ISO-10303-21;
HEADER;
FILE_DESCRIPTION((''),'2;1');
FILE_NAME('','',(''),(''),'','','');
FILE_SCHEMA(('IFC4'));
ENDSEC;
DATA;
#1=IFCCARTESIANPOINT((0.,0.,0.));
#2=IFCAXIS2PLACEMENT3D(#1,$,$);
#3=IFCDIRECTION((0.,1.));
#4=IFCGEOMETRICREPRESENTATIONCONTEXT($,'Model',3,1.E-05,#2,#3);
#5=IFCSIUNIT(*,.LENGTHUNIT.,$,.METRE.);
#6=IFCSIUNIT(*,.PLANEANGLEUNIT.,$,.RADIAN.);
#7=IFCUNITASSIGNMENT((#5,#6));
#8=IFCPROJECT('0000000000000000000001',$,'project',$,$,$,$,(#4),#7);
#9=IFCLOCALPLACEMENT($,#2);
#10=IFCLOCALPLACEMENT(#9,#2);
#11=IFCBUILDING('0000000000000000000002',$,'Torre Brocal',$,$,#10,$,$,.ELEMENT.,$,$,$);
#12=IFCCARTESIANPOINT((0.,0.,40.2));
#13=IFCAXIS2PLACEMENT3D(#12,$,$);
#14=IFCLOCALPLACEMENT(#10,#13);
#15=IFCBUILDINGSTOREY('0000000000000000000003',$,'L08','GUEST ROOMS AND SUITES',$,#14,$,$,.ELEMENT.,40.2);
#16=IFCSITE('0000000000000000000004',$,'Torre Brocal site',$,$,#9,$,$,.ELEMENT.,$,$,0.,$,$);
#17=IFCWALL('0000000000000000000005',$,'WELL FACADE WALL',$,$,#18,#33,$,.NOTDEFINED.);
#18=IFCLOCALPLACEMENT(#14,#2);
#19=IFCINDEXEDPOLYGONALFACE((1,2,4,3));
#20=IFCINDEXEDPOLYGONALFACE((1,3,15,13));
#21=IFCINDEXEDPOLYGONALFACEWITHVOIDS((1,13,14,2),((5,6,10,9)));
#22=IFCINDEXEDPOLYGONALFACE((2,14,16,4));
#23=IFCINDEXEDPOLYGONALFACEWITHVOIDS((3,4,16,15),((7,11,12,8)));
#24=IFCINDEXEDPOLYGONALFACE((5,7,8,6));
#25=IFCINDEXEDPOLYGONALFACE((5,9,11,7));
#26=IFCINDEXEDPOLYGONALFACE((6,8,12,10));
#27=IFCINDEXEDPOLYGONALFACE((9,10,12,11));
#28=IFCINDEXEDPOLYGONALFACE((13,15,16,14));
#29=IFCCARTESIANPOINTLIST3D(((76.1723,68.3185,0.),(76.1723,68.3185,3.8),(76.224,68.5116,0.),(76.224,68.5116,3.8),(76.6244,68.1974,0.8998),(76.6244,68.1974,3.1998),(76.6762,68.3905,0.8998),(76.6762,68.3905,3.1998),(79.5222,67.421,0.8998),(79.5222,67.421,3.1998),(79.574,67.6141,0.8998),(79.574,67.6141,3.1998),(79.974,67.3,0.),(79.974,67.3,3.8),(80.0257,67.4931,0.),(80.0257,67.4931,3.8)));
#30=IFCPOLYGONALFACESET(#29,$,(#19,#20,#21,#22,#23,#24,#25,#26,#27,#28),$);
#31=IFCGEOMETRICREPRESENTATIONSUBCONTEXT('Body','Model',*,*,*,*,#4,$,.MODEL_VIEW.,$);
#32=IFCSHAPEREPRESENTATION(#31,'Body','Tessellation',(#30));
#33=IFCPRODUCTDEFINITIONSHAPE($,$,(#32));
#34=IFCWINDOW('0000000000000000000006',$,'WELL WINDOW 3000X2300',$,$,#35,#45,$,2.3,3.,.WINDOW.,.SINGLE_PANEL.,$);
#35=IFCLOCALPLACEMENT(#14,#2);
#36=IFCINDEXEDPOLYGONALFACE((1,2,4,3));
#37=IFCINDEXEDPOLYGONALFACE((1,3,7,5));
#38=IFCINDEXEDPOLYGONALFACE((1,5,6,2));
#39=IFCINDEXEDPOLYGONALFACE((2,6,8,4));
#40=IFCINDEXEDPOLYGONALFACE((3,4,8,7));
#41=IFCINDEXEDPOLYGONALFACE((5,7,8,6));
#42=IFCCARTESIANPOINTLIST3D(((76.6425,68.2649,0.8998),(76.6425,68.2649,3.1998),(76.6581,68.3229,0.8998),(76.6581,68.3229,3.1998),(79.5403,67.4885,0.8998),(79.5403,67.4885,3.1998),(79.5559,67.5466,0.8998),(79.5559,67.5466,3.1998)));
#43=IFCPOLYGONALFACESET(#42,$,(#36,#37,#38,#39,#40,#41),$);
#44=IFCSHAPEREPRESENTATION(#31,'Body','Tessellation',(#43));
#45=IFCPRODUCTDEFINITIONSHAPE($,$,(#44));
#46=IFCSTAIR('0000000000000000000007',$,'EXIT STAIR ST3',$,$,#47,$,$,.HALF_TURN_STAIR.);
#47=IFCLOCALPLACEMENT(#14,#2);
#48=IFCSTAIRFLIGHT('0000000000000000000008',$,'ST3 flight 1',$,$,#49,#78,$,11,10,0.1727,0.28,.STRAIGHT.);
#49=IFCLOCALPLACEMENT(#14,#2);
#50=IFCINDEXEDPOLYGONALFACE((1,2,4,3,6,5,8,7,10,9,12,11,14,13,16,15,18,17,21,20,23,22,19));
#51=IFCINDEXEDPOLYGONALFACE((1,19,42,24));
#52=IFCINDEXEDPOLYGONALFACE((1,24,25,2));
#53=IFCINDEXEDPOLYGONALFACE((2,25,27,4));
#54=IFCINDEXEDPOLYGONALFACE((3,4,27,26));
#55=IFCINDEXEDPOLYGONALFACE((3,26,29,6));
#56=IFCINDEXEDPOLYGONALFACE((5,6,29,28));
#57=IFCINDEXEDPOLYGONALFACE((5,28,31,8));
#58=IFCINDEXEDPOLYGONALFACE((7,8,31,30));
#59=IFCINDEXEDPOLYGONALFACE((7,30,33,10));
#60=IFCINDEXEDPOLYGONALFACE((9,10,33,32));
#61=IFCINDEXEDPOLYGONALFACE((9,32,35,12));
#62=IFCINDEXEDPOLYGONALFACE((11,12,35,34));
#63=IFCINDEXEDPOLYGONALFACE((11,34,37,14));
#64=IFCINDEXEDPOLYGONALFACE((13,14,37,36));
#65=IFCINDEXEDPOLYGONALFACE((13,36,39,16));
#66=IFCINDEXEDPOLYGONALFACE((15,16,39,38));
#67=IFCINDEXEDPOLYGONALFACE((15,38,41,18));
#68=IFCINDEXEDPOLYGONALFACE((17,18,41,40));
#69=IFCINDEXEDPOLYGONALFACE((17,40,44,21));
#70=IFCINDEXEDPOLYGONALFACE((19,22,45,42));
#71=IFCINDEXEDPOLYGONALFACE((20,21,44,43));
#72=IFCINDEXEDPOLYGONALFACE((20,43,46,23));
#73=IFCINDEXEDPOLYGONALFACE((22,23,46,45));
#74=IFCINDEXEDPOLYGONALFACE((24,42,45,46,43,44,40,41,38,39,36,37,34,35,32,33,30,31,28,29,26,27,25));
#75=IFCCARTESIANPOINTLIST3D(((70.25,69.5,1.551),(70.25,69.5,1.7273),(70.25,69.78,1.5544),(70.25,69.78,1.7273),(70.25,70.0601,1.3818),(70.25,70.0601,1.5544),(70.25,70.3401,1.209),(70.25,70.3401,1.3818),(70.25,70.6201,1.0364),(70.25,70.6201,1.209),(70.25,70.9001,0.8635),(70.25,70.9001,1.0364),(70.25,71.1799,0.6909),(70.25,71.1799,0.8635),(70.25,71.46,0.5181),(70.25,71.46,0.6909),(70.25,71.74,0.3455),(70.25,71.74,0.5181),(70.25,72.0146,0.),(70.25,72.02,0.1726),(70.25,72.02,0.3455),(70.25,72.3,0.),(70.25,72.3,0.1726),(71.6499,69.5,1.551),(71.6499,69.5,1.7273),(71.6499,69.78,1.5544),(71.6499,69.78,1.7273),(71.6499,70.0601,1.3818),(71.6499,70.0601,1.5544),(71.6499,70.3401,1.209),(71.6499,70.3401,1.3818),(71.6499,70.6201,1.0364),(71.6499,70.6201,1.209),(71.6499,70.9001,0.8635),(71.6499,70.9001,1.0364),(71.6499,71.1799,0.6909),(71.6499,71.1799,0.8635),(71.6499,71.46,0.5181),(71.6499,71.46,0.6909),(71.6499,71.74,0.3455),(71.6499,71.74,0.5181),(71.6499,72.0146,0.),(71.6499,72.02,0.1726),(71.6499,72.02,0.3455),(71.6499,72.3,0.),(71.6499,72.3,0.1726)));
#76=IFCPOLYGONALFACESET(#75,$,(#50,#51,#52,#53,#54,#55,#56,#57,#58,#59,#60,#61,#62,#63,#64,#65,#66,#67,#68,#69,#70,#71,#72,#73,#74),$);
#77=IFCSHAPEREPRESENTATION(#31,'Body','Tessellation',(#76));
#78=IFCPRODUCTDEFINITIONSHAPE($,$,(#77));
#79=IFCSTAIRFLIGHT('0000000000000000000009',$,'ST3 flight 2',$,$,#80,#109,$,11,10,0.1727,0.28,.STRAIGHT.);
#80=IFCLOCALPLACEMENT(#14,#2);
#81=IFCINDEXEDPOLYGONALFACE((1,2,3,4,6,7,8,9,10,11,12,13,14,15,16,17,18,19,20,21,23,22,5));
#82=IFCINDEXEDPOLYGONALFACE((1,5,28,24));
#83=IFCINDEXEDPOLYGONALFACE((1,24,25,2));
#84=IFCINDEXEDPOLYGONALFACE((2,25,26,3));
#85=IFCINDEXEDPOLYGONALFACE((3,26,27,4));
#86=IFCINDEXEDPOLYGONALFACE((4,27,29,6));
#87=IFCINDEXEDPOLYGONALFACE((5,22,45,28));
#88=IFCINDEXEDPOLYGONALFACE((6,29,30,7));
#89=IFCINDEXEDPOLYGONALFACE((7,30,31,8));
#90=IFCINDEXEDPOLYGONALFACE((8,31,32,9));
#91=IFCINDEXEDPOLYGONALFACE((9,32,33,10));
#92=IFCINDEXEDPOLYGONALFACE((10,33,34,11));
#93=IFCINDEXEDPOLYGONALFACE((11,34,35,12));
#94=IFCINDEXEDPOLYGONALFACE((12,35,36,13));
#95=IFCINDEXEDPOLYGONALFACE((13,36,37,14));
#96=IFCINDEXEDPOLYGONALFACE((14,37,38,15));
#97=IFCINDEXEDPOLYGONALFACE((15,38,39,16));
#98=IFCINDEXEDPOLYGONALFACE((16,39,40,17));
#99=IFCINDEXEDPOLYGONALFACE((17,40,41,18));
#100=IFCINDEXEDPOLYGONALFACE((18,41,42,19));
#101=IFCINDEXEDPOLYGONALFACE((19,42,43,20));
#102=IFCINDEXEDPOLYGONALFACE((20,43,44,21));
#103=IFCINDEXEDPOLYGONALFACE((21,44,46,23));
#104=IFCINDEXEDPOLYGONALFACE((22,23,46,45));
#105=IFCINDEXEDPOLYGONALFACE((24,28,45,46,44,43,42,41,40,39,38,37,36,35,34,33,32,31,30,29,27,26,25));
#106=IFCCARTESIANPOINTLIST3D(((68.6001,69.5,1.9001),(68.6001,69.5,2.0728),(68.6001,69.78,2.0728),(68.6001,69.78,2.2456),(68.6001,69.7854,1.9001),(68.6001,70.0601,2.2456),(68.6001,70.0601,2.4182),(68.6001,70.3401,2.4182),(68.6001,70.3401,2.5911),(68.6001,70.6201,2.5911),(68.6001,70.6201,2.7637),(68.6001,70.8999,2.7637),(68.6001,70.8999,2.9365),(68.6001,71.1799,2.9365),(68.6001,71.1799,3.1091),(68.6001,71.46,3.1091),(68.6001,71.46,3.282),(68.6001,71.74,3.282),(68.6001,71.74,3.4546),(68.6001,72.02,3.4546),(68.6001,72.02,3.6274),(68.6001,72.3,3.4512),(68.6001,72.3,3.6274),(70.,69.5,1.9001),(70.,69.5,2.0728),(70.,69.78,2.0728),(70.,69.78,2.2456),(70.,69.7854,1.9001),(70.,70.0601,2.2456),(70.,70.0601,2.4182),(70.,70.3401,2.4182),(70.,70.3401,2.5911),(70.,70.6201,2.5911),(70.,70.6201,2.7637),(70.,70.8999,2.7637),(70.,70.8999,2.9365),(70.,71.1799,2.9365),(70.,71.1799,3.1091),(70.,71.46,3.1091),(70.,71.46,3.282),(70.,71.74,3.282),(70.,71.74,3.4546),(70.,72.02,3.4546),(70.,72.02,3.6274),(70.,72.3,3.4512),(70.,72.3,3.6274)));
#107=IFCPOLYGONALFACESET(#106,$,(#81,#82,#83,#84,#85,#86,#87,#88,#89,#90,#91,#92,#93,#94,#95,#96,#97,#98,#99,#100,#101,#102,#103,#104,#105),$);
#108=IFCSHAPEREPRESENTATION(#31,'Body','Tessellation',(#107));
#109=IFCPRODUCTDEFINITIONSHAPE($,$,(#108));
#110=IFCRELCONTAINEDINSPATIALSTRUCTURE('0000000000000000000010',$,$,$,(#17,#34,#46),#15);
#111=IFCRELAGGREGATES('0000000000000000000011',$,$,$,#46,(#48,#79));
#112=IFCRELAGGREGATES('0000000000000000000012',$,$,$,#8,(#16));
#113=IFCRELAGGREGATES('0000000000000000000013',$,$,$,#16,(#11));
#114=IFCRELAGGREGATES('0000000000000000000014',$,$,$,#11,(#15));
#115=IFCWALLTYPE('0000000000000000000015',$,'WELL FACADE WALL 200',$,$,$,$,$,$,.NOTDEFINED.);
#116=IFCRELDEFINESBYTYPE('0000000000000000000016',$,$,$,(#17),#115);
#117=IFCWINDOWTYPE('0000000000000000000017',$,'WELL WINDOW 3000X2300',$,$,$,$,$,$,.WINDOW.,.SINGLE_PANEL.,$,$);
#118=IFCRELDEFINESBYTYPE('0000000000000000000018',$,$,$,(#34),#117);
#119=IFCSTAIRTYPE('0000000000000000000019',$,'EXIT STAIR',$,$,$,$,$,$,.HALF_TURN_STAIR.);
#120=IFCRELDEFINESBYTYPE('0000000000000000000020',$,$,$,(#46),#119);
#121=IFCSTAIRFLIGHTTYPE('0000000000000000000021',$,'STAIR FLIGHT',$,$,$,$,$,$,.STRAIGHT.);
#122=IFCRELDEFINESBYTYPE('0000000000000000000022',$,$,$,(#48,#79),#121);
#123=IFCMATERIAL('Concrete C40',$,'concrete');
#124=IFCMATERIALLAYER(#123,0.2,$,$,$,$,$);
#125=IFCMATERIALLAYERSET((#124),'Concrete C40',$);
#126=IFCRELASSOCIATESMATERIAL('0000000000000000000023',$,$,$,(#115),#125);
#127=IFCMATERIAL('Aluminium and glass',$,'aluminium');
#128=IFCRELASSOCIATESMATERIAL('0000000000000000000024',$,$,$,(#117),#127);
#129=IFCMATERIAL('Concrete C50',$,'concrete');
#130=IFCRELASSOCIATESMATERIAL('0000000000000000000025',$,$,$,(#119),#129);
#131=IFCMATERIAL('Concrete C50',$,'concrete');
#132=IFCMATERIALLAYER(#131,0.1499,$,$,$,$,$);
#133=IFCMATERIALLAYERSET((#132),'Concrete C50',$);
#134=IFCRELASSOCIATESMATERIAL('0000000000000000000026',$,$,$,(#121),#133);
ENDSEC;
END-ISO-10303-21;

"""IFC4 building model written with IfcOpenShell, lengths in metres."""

from ifc_helpers import new_model, si_unit, direction, frame, frame_2d, origin, place, context, subcontext, project, spatial, polyline, rectangle, outline, extrude, material, layer, layer_set, type_object, element, fill, aggregate, save


model = new_model("IFC4")

# Units and contexts
model_context = context("Model", 3, precision=1e-05, world=origin(), true_north=direction((0.0, 1.0)))
body_context = subcontext(model_context, "Body", "Model", "MODEL_VIEW")
ifc_project = project(units=[si_unit("LENGTHUNIT", "METRE"), si_unit("PLANEANGLEUNIT", "RADIAN")], contexts=[model_context])

# Site, building, storey
site_placement = place(None, origin())
site = spatial("IfcSite", under=ifc_project, at=site_placement, Name="Torre Brocal site", CompositionType="ELEMENT", RefElevation=0.0)
building_placement = place(site_placement, origin())
building = spatial("IfcBuilding", under=site, at=building_placement, Name="Torre Brocal", CompositionType="ELEMENT")
storey_placement = place(building_placement, frame((0.0, 0.0, 40.2)))
storey = spatial("IfcBuildingStorey", under=building, at=storey_placement, Name="L08", Description="GUEST ROOMS AND SUITES", CompositionType="ELEMENT", Elevation=40.2)

# Wall, opening, window
ifc_material_1 = material(Name="Concrete C40", Category="concrete")
ifc_layer_1 = layer(ifc_material_1, 0.2)
ifc_layer_set_1 = layer_set([ifc_layer_1], Name="Concrete C40")
wall_type_1 = type_object("IfcWallType", Name="WELL FACADE WALL 200", PredefinedType="NOTDEFINED", material=ifc_layer_set_1)
ifc_material_2 = material(Name="Aluminium and glass", Category="aluminium")
window_type = type_object("IfcWindowType", Name="WELL WINDOW 3000X2300", PartitioningType="SINGLE_PANEL", PredefinedType="WINDOW", material=ifc_material_2)
wall_1_placement = place(storey_placement, frame((76.1982, 68.415, 0.0), z_axis=(0.0, 0.0, 1.0), x_axis=(0.965934, -0.25879, 0.0)))
wall_1 = element("IfcWall", 1, at=wall_1_placement, inside=storey, type_object=wall_type_1, Name="WELL FACADE WALL", PredefinedType="NOTDEFINED", context=body_context, shape_type="SweptSolid", body=[
    extrude(rectangle(XDim=3.9358, YDim=0.2, at=frame_2d((1.9678, 0.0))), origin(), (0.0, 0.0, 1.0), 3.8),
])
opening_1_placement = place(wall_1_placement, frame((0.468, 0.0, 0.8999)))
opening_1 = element("IfcOpeningElement", 2, at=opening_1_placement, cuts=wall_1, PredefinedType="OPENING", context=body_context, shape_type="SweptSolid", body=[
    extrude(rectangle(XDim=3.0, YDim=2.3, at=frame_2d((1.5, 1.1499))), frame((0.0, 0.1099, 0.0), z_axis=(0.0, -1.0, 0.0), x_axis=(1.0, 0.0, 0.0)), (0.0, 0.0, 1.0), 0.22),
])
window_1_placement = place(opening_1_placement, origin())
window_1 = element("IfcWindow", 3, at=window_1_placement, inside=storey, type_object=window_type, Name="WELL WINDOW 3000X2300", OverallHeight=2.3, OverallWidth=3.0, PartitioningType="SINGLE_PANEL", PredefinedType="WINDOW", context=body_context, shape_type="SweptSolid", body=[
    extrude(rectangle(XDim=3.0, YDim=2.3, at=frame_2d((1.5, 1.1499))), frame((0.0, 0.03, 0.0), z_axis=(0.0, -1.0, 0.0), x_axis=(1.0, 0.0, 0.0)), (0.0, 0.0, 1.0), 0.0601),
])
fill(opening_1, window_1)

# Stair, stair flights
ifc_material_3 = material(Name="Concrete C50", Category="concrete")
stair_type = type_object("IfcStairType", Name="EXIT STAIR", PredefinedType="HALF_TURN_STAIR", material=ifc_material_3)
stair_placement = place(storey_placement, origin())
stair = element("IfcStair", 4, at=stair_placement, inside=storey, type_object=stair_type, Name="EXIT STAIR ST3", PredefinedType="HALF_TURN_STAIR")
ifc_material_4 = material(Name="Concrete C50", Category="concrete")
ifc_layer_2 = layer(ifc_material_4, 0.1499)
ifc_layer_set_2 = layer_set([ifc_layer_2], Name="Concrete C50")
stair_flight_type = type_object("IfcStairFlightType", Name="STAIR FLIGHT", PredefinedType="STRAIGHT", material=ifc_layer_set_2)
stair_flight_1_placement = place(storey_placement, frame((70.95, 72.3, 0.0), z_axis=(0.0, 0.0, 1.0), x_axis=(0.0, -1.0, 0.0)))
stair_flight_1 = element("IfcStairFlight", 5, at=stair_flight_1_placement, type_object=stair_flight_type, Name="ST3 flight 1", NumberOfRisers=11, NumberOfTreads=10, PredefinedType="STRAIGHT", RiserHeight=0.1727, TreadLength=0.28, context=body_context, shape_type="SweptSolid", body=[
    extrude(outline(polyline([(0.0, 0.0), (0.0, 0.1726), (0.28, 0.1726), (0.28, 0.3455), (0.5601, 0.3455), (0.5601, 0.5181), (0.8401, 0.5181), (0.8401, 0.6909), (1.1201, 0.6909), (1.1201, 0.8635), (1.3999, 0.8635), (1.3999, 1.0364), (1.6799, 1.0364), (1.6799, 1.209), (1.96, 1.209), (1.96, 1.3818), (2.24, 1.3818), (2.24, 1.5544), (2.52, 1.5544), (2.52, 1.7273), (2.8, 1.7273), (2.8, 1.8999), (2.8, 1.551), (0.2854, 0.0), (0.0, 0.0)])), frame((0.0, 0.7, 0.0), z_axis=(0.0, -1.0, 0.0), x_axis=(1.0, 0.0, 0.0)), (0.0, 0.0, 1.0), 1.3999),
])
stair_flight_2_placement = place(storey_placement, frame((69.3, 69.5, 1.9001), z_axis=(0.0, 0.0, 1.0), x_axis=(0.0, 1.0, 0.0)))
stair_flight_2 = element("IfcStairFlight", 6, at=stair_flight_2_placement, type_object=stair_flight_type, Name="ST3 flight 2", NumberOfRisers=11, NumberOfTreads=10, PredefinedType="STRAIGHT", RiserHeight=0.1727, TreadLength=0.28, context=body_context, shape_type="SweptSolid", body=[
    extrude(outline(polyline([(0.0, 0.0), (0.0, 0.1726), (0.28, 0.1726), (0.28, 0.3455), (0.5601, 0.3455), (0.5601, 0.5181), (0.8401, 0.5181), (0.8401, 0.6909), (1.1201, 0.6909), (1.1201, 0.8635), (1.3999, 0.8635), (1.3999, 1.0364), (1.6799, 1.0364), (1.6799, 1.209), (1.96, 1.209), (1.96, 1.3818), (2.24, 1.3818), (2.24, 1.5544), (2.52, 1.5544), (2.52, 1.7273), (2.8, 1.7273), (2.8, 1.8999), (2.8, 1.551), (0.2854, 0.0), (0.0, 0.0)])), frame((0.0, 0.7, 0.0), z_axis=(0.0, -1.0, 0.0), x_axis=(1.0, 0.0, 0.0)), (0.0, 0.0, 1.0), 1.3999),
])
aggregate(stair, [stair_flight_1, stair_flight_2])

save(model, "model.ifc")
